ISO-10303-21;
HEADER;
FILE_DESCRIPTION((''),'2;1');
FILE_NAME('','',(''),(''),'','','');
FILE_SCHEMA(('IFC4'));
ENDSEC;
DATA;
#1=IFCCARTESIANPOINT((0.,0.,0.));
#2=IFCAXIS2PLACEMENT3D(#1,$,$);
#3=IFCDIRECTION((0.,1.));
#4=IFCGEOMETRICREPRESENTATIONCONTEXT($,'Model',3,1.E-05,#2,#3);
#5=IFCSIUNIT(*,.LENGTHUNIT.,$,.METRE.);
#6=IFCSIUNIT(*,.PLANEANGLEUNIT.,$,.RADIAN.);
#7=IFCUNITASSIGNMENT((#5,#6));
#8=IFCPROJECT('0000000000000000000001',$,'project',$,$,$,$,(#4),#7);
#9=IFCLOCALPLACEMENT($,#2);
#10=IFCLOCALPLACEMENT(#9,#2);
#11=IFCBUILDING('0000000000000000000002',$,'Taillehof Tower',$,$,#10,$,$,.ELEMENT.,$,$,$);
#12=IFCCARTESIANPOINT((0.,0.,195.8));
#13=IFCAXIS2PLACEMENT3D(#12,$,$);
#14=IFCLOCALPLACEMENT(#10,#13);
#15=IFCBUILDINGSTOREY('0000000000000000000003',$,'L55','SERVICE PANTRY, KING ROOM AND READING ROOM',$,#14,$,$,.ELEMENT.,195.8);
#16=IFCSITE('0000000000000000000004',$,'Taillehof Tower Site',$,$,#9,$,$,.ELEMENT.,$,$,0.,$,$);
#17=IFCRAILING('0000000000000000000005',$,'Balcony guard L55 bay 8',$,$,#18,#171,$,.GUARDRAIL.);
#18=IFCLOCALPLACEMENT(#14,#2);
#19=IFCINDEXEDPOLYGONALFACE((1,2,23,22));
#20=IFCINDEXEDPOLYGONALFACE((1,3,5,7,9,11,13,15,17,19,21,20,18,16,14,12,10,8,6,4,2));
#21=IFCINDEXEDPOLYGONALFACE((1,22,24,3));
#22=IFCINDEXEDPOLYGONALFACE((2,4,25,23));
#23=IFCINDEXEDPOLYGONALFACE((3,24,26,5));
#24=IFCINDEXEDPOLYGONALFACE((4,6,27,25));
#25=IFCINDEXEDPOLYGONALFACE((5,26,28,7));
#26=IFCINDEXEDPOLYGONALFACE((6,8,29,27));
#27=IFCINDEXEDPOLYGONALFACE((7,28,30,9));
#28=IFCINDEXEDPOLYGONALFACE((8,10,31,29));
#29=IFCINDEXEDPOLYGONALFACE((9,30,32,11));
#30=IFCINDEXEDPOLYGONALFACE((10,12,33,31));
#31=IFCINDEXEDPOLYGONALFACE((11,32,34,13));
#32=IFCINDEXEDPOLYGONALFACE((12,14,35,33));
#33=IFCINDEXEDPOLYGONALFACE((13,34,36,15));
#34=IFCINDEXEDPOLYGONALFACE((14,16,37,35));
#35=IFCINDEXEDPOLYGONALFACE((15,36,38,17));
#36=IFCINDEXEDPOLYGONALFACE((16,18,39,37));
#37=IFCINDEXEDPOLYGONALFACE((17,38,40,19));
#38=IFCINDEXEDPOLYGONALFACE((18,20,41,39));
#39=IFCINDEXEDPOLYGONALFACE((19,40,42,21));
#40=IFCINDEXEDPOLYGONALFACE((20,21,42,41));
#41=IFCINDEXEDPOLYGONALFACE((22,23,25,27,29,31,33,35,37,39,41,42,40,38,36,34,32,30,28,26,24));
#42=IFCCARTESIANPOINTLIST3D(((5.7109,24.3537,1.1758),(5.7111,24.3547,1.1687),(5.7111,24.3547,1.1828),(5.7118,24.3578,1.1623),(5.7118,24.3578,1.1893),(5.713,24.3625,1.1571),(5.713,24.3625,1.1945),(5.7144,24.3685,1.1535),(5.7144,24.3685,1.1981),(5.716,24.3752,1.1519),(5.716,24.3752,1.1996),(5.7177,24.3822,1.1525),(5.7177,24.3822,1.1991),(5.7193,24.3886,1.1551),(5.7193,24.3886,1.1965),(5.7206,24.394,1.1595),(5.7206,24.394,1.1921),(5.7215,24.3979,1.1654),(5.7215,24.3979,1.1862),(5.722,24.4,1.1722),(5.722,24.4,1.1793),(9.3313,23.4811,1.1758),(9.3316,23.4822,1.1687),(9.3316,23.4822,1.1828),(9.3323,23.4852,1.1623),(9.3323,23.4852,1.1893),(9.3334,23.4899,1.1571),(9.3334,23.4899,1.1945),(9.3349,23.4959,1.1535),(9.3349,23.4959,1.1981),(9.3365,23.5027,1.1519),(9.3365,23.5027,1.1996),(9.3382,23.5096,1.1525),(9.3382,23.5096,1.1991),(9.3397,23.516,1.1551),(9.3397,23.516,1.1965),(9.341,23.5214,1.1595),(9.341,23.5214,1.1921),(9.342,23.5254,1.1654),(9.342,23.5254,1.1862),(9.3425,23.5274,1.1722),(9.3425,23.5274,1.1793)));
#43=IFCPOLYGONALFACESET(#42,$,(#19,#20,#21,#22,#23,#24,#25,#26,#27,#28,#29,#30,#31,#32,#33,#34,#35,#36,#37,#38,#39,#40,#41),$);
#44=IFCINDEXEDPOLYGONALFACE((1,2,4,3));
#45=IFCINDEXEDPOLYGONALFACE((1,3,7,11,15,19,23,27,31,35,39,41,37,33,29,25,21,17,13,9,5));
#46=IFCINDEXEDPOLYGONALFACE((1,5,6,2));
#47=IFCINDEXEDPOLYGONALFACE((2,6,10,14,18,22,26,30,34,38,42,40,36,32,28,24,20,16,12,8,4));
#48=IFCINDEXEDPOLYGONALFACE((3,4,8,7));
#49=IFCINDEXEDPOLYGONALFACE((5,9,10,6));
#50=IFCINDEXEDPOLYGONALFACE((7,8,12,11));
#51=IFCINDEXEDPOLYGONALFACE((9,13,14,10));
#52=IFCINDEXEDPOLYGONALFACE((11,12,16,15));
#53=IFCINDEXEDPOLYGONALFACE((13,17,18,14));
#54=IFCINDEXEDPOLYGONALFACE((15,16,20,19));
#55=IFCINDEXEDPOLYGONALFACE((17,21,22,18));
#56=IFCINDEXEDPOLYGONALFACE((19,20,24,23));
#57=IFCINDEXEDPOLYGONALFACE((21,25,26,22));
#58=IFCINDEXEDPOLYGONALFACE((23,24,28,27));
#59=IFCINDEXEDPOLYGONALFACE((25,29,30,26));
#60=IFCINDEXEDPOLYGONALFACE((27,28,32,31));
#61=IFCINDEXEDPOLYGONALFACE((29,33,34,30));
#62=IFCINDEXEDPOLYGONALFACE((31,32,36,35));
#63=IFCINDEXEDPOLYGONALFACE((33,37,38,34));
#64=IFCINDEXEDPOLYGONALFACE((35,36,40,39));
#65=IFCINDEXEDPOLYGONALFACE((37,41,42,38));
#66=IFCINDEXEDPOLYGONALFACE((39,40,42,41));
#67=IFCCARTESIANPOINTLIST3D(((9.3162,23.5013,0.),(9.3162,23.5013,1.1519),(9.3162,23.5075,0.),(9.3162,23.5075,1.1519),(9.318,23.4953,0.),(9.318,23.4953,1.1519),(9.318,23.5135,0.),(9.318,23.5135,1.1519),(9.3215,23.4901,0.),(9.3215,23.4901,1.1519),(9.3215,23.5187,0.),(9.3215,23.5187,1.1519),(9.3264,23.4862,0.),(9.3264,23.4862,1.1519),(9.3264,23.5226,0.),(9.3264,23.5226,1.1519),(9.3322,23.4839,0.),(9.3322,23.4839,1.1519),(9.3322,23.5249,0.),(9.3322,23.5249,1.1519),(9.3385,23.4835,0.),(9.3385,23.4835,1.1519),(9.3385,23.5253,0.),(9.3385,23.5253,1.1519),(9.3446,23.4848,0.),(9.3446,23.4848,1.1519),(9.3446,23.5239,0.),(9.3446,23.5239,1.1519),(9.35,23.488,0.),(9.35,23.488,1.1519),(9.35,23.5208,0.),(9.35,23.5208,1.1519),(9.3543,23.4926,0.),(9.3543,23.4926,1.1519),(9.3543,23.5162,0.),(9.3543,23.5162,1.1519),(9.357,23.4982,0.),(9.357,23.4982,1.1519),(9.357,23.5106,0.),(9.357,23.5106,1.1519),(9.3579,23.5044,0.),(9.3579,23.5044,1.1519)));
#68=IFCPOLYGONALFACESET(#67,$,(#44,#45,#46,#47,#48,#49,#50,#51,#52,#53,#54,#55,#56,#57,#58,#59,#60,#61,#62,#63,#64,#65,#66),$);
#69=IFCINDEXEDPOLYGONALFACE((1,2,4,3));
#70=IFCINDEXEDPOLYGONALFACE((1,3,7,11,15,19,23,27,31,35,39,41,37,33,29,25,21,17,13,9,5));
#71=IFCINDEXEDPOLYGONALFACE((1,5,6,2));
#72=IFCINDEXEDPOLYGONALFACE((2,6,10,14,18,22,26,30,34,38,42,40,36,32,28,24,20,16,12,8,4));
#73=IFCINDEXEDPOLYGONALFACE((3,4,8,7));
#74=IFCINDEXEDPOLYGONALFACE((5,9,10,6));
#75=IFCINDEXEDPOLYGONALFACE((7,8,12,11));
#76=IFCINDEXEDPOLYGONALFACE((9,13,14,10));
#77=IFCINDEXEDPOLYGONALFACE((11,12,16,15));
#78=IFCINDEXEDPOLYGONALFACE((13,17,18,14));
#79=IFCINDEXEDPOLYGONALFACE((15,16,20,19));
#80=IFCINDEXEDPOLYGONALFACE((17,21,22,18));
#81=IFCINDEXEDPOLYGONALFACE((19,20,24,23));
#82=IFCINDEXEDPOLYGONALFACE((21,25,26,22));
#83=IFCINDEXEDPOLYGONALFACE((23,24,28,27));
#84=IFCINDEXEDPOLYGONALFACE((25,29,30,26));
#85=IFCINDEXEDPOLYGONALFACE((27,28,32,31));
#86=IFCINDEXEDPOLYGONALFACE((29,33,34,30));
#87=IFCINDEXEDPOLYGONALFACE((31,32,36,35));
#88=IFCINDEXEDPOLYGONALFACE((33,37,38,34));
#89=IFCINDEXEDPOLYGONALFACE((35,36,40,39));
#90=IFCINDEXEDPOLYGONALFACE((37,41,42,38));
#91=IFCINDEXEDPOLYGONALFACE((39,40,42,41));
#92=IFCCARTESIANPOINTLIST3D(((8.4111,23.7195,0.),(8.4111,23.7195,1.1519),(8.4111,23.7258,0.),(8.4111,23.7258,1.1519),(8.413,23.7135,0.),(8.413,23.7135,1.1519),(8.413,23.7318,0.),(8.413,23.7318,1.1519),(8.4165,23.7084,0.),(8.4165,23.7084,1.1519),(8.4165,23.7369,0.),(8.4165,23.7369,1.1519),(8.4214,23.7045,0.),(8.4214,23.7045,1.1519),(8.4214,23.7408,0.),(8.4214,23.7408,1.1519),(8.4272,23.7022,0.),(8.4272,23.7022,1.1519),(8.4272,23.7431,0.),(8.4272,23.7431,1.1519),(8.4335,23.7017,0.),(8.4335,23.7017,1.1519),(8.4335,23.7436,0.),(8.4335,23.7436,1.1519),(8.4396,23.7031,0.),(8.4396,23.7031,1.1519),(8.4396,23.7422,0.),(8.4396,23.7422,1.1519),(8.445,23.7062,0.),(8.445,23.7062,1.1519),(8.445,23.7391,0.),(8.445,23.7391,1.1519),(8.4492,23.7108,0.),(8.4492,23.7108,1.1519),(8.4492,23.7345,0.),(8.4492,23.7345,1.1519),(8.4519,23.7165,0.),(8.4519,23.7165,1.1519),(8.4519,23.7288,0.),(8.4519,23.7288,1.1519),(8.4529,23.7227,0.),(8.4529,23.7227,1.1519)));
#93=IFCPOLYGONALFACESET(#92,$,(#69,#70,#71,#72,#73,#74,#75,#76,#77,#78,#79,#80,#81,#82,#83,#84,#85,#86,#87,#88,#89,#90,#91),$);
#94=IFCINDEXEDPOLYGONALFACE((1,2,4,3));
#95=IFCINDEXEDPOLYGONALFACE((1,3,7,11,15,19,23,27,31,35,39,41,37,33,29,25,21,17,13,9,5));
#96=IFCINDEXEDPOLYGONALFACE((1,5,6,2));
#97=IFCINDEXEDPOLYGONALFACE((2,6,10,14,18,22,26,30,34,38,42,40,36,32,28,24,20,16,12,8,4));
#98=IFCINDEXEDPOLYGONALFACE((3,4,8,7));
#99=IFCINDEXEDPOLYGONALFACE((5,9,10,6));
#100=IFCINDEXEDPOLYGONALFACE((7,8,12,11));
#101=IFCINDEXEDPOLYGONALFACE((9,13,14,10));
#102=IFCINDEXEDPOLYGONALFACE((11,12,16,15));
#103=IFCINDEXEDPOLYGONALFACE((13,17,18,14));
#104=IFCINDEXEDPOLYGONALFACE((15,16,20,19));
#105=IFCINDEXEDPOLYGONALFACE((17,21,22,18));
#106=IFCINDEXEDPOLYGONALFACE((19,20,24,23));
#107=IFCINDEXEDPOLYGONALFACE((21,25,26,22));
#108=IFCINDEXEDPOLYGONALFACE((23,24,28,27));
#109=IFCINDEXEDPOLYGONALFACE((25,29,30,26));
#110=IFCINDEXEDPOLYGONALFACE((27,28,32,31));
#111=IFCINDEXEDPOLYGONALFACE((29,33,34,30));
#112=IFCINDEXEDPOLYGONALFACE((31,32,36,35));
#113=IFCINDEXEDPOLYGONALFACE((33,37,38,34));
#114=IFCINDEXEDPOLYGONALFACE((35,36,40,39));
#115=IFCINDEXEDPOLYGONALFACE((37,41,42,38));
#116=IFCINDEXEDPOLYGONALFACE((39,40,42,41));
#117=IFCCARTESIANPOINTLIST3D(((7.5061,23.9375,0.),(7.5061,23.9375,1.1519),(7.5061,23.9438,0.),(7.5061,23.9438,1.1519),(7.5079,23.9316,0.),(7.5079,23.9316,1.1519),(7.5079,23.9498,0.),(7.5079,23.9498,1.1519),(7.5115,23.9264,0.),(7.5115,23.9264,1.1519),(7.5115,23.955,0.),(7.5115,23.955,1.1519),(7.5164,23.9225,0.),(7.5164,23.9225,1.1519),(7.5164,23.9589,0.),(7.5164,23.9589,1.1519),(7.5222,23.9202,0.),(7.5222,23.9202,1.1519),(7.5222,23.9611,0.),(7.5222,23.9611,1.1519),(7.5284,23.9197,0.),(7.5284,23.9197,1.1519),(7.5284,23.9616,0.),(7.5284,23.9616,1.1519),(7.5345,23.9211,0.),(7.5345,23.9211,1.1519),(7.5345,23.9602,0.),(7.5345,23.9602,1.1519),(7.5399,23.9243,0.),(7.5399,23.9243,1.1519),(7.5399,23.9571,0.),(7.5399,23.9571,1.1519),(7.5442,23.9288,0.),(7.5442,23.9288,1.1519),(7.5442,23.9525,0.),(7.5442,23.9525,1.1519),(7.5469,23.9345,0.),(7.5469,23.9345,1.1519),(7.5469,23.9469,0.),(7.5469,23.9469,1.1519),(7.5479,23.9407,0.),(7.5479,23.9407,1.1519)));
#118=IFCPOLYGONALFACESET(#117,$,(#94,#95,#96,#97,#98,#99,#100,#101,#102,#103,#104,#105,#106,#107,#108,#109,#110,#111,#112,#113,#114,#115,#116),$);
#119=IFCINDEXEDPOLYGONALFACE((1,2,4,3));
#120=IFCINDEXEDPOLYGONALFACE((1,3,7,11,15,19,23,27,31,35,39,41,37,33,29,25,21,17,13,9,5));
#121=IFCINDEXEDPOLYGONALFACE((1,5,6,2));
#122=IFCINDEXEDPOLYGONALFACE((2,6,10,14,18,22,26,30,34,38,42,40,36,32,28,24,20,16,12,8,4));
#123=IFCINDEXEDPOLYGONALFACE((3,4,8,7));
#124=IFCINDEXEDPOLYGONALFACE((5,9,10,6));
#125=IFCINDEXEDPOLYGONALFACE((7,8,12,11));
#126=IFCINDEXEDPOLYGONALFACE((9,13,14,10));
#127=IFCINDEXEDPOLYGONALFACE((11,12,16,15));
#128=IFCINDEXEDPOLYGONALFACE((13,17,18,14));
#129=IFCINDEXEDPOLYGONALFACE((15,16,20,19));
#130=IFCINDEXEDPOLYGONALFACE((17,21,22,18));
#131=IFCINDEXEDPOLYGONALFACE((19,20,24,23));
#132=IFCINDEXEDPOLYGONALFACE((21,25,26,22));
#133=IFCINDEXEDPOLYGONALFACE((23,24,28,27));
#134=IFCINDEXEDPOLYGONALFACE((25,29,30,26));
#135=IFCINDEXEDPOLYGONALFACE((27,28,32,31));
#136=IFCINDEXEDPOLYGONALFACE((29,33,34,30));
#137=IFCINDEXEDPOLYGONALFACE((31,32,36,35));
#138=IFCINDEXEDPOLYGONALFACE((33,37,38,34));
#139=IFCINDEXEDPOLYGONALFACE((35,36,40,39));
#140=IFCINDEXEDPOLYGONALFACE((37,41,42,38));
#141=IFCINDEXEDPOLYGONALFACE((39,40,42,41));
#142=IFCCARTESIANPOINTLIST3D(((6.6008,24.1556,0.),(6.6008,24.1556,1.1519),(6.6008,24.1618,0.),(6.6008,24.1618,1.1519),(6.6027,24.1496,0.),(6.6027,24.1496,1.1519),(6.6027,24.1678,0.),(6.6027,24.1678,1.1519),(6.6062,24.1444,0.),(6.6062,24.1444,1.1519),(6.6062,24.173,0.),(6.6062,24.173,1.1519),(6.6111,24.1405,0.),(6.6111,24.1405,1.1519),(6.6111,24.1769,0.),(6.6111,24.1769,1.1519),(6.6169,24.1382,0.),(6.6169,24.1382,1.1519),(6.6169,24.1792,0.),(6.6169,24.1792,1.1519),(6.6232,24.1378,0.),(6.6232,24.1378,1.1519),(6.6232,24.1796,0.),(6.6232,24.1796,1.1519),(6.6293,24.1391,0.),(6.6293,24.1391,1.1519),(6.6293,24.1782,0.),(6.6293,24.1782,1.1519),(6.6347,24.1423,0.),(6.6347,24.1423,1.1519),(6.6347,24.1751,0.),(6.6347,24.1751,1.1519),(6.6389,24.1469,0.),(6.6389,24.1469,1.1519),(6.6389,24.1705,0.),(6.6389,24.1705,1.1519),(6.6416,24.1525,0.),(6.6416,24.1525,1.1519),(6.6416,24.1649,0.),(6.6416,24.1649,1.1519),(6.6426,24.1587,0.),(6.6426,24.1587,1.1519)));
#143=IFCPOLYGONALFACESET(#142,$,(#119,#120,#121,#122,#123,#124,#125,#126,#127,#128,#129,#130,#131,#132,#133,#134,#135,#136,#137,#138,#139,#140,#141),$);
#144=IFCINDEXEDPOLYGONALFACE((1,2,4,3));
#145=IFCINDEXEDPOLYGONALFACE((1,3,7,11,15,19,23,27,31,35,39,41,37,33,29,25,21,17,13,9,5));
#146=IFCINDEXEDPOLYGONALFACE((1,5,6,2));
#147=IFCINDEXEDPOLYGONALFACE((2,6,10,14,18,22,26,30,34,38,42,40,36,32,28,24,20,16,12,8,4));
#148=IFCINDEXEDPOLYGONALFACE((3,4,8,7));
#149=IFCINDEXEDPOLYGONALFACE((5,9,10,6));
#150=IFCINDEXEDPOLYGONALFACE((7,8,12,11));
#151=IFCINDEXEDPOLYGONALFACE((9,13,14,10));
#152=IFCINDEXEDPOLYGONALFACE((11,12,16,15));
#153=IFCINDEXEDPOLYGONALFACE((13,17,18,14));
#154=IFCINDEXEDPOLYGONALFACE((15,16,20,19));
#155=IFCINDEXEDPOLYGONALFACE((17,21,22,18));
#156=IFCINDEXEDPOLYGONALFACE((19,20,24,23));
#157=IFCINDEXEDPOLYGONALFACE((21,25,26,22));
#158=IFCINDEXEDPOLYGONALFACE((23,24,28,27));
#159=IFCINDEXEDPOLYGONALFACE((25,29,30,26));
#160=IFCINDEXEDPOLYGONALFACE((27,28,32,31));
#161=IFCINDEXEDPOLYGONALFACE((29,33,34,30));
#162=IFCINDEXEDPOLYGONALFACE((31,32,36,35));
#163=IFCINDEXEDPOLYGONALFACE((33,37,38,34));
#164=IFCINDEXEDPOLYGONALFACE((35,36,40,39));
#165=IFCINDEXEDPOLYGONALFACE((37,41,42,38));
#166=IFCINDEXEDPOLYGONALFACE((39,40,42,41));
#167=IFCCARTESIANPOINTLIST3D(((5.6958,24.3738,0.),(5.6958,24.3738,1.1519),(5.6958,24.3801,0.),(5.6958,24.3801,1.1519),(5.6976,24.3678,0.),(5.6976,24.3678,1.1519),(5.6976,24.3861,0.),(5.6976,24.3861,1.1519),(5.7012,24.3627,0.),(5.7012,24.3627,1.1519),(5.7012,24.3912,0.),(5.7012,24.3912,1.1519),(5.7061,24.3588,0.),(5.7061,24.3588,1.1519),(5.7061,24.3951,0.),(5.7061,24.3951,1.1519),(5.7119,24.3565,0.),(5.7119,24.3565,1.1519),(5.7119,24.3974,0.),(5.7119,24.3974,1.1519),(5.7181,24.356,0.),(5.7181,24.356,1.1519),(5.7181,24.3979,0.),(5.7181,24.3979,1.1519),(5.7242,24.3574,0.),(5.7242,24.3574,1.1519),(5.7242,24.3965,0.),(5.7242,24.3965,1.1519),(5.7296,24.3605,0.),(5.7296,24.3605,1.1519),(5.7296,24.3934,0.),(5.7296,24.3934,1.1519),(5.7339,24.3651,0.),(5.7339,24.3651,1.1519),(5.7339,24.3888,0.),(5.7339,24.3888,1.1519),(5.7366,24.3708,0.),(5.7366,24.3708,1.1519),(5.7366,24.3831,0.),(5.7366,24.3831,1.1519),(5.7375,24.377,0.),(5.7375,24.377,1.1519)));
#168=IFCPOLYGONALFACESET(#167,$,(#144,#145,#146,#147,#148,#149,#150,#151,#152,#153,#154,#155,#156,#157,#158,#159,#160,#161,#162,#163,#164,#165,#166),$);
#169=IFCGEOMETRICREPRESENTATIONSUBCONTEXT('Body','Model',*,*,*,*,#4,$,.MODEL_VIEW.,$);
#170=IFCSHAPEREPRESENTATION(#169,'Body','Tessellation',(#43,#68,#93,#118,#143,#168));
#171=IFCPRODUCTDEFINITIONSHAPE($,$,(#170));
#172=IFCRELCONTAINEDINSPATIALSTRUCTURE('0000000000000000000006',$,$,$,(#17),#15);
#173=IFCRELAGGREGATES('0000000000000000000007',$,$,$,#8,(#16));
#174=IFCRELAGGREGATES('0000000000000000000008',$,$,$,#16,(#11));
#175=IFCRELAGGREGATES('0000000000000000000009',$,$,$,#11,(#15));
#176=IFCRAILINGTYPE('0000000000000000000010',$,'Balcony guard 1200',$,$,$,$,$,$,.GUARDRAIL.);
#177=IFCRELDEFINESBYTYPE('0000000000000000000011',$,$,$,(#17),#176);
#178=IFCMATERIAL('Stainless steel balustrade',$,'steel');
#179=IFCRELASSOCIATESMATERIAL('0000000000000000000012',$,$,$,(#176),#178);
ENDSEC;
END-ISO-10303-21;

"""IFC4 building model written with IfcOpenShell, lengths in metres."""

from ifc_helpers import new_model, si_unit, direction, frame, origin, origin_2d, place, context, subcontext, project, spatial, circle, extrude, material, type_object, element, save


model = new_model("IFC4")

# Units and contexts
model_context = context("Model", 3, precision=1e-05, world=origin(), true_north=direction((0.0, 1.0)))
body_context = subcontext(model_context, "Body", "Model", "MODEL_VIEW")
ifc_project = project(units=[si_unit("LENGTHUNIT", "METRE"), si_unit("PLANEANGLEUNIT", "RADIAN")], contexts=[model_context])

# Site, building, storey
site_placement = place(None, origin())
site = spatial("IfcSite", under=ifc_project, at=site_placement, Name="Taillehof Tower Site", CompositionType="ELEMENT", RefElevation=0.0)
building_placement = place(site_placement, origin())
building = spatial("IfcBuilding", under=site, at=building_placement, Name="Taillehof Tower", CompositionType="ELEMENT")
storey_placement = place(building_placement, frame((0.0, 0.0, 195.8)))
storey = spatial("IfcBuildingStorey", under=building, at=storey_placement, Name="L55", Description="SERVICE PANTRY, KING ROOM AND READING ROOM", CompositionType="ELEMENT", Elevation=195.8)

# Railing
ifc_material_1 = material(Name="Stainless steel balustrade", Category="steel")
railing_type = type_object("IfcRailingType", Name="Balcony guard 1200", PredefinedType="GUARDRAIL", material=ifc_material_1)
railing_placement = place(storey_placement, frame((9.3369, 23.5044, 0.0)))
element("IfcRailing", 1, at=railing_placement, inside=storey, type_object=railing_type, Name="Balcony guard L55 bay 8", PredefinedType="GUARDRAIL", context=body_context, shape_type="SweptSolid", body=[
    extrude(circle(Radius=0.0239, at=origin_2d()), frame((0.0, 0.0, 1.1758), z_axis=(-0.972163, 0.234305, 0.0), x_axis=(-0.234305, -0.972163, 0.0)), (0.0, 0.0, 1.0), 3.7241),
    extrude(circle(Radius=0.021, at=origin_2d()), origin(), (0.0, 0.0, 1.0), 1.1519),
    extrude(circle(Radius=0.021, at=origin_2d()), frame((-0.905, 0.2183, 0.0)), (0.0, 0.0, 1.0), 1.1519),
    extrude(circle(Radius=0.021, at=origin_2d()), frame((-1.8101, 0.4363, 0.0)), (0.0, 0.0, 1.0), 1.1519),
    extrude(circle(Radius=0.021, at=origin_2d()), frame((-2.7153, 0.6543, 0.0)), (0.0, 0.0, 1.0), 1.1519),
    extrude(circle(Radius=0.021, at=origin_2d()), frame((-3.6204, 0.8726, 0.0)), (0.0, 0.0, 1.0), 1.1519),
])

save(model, "model.ifc")
